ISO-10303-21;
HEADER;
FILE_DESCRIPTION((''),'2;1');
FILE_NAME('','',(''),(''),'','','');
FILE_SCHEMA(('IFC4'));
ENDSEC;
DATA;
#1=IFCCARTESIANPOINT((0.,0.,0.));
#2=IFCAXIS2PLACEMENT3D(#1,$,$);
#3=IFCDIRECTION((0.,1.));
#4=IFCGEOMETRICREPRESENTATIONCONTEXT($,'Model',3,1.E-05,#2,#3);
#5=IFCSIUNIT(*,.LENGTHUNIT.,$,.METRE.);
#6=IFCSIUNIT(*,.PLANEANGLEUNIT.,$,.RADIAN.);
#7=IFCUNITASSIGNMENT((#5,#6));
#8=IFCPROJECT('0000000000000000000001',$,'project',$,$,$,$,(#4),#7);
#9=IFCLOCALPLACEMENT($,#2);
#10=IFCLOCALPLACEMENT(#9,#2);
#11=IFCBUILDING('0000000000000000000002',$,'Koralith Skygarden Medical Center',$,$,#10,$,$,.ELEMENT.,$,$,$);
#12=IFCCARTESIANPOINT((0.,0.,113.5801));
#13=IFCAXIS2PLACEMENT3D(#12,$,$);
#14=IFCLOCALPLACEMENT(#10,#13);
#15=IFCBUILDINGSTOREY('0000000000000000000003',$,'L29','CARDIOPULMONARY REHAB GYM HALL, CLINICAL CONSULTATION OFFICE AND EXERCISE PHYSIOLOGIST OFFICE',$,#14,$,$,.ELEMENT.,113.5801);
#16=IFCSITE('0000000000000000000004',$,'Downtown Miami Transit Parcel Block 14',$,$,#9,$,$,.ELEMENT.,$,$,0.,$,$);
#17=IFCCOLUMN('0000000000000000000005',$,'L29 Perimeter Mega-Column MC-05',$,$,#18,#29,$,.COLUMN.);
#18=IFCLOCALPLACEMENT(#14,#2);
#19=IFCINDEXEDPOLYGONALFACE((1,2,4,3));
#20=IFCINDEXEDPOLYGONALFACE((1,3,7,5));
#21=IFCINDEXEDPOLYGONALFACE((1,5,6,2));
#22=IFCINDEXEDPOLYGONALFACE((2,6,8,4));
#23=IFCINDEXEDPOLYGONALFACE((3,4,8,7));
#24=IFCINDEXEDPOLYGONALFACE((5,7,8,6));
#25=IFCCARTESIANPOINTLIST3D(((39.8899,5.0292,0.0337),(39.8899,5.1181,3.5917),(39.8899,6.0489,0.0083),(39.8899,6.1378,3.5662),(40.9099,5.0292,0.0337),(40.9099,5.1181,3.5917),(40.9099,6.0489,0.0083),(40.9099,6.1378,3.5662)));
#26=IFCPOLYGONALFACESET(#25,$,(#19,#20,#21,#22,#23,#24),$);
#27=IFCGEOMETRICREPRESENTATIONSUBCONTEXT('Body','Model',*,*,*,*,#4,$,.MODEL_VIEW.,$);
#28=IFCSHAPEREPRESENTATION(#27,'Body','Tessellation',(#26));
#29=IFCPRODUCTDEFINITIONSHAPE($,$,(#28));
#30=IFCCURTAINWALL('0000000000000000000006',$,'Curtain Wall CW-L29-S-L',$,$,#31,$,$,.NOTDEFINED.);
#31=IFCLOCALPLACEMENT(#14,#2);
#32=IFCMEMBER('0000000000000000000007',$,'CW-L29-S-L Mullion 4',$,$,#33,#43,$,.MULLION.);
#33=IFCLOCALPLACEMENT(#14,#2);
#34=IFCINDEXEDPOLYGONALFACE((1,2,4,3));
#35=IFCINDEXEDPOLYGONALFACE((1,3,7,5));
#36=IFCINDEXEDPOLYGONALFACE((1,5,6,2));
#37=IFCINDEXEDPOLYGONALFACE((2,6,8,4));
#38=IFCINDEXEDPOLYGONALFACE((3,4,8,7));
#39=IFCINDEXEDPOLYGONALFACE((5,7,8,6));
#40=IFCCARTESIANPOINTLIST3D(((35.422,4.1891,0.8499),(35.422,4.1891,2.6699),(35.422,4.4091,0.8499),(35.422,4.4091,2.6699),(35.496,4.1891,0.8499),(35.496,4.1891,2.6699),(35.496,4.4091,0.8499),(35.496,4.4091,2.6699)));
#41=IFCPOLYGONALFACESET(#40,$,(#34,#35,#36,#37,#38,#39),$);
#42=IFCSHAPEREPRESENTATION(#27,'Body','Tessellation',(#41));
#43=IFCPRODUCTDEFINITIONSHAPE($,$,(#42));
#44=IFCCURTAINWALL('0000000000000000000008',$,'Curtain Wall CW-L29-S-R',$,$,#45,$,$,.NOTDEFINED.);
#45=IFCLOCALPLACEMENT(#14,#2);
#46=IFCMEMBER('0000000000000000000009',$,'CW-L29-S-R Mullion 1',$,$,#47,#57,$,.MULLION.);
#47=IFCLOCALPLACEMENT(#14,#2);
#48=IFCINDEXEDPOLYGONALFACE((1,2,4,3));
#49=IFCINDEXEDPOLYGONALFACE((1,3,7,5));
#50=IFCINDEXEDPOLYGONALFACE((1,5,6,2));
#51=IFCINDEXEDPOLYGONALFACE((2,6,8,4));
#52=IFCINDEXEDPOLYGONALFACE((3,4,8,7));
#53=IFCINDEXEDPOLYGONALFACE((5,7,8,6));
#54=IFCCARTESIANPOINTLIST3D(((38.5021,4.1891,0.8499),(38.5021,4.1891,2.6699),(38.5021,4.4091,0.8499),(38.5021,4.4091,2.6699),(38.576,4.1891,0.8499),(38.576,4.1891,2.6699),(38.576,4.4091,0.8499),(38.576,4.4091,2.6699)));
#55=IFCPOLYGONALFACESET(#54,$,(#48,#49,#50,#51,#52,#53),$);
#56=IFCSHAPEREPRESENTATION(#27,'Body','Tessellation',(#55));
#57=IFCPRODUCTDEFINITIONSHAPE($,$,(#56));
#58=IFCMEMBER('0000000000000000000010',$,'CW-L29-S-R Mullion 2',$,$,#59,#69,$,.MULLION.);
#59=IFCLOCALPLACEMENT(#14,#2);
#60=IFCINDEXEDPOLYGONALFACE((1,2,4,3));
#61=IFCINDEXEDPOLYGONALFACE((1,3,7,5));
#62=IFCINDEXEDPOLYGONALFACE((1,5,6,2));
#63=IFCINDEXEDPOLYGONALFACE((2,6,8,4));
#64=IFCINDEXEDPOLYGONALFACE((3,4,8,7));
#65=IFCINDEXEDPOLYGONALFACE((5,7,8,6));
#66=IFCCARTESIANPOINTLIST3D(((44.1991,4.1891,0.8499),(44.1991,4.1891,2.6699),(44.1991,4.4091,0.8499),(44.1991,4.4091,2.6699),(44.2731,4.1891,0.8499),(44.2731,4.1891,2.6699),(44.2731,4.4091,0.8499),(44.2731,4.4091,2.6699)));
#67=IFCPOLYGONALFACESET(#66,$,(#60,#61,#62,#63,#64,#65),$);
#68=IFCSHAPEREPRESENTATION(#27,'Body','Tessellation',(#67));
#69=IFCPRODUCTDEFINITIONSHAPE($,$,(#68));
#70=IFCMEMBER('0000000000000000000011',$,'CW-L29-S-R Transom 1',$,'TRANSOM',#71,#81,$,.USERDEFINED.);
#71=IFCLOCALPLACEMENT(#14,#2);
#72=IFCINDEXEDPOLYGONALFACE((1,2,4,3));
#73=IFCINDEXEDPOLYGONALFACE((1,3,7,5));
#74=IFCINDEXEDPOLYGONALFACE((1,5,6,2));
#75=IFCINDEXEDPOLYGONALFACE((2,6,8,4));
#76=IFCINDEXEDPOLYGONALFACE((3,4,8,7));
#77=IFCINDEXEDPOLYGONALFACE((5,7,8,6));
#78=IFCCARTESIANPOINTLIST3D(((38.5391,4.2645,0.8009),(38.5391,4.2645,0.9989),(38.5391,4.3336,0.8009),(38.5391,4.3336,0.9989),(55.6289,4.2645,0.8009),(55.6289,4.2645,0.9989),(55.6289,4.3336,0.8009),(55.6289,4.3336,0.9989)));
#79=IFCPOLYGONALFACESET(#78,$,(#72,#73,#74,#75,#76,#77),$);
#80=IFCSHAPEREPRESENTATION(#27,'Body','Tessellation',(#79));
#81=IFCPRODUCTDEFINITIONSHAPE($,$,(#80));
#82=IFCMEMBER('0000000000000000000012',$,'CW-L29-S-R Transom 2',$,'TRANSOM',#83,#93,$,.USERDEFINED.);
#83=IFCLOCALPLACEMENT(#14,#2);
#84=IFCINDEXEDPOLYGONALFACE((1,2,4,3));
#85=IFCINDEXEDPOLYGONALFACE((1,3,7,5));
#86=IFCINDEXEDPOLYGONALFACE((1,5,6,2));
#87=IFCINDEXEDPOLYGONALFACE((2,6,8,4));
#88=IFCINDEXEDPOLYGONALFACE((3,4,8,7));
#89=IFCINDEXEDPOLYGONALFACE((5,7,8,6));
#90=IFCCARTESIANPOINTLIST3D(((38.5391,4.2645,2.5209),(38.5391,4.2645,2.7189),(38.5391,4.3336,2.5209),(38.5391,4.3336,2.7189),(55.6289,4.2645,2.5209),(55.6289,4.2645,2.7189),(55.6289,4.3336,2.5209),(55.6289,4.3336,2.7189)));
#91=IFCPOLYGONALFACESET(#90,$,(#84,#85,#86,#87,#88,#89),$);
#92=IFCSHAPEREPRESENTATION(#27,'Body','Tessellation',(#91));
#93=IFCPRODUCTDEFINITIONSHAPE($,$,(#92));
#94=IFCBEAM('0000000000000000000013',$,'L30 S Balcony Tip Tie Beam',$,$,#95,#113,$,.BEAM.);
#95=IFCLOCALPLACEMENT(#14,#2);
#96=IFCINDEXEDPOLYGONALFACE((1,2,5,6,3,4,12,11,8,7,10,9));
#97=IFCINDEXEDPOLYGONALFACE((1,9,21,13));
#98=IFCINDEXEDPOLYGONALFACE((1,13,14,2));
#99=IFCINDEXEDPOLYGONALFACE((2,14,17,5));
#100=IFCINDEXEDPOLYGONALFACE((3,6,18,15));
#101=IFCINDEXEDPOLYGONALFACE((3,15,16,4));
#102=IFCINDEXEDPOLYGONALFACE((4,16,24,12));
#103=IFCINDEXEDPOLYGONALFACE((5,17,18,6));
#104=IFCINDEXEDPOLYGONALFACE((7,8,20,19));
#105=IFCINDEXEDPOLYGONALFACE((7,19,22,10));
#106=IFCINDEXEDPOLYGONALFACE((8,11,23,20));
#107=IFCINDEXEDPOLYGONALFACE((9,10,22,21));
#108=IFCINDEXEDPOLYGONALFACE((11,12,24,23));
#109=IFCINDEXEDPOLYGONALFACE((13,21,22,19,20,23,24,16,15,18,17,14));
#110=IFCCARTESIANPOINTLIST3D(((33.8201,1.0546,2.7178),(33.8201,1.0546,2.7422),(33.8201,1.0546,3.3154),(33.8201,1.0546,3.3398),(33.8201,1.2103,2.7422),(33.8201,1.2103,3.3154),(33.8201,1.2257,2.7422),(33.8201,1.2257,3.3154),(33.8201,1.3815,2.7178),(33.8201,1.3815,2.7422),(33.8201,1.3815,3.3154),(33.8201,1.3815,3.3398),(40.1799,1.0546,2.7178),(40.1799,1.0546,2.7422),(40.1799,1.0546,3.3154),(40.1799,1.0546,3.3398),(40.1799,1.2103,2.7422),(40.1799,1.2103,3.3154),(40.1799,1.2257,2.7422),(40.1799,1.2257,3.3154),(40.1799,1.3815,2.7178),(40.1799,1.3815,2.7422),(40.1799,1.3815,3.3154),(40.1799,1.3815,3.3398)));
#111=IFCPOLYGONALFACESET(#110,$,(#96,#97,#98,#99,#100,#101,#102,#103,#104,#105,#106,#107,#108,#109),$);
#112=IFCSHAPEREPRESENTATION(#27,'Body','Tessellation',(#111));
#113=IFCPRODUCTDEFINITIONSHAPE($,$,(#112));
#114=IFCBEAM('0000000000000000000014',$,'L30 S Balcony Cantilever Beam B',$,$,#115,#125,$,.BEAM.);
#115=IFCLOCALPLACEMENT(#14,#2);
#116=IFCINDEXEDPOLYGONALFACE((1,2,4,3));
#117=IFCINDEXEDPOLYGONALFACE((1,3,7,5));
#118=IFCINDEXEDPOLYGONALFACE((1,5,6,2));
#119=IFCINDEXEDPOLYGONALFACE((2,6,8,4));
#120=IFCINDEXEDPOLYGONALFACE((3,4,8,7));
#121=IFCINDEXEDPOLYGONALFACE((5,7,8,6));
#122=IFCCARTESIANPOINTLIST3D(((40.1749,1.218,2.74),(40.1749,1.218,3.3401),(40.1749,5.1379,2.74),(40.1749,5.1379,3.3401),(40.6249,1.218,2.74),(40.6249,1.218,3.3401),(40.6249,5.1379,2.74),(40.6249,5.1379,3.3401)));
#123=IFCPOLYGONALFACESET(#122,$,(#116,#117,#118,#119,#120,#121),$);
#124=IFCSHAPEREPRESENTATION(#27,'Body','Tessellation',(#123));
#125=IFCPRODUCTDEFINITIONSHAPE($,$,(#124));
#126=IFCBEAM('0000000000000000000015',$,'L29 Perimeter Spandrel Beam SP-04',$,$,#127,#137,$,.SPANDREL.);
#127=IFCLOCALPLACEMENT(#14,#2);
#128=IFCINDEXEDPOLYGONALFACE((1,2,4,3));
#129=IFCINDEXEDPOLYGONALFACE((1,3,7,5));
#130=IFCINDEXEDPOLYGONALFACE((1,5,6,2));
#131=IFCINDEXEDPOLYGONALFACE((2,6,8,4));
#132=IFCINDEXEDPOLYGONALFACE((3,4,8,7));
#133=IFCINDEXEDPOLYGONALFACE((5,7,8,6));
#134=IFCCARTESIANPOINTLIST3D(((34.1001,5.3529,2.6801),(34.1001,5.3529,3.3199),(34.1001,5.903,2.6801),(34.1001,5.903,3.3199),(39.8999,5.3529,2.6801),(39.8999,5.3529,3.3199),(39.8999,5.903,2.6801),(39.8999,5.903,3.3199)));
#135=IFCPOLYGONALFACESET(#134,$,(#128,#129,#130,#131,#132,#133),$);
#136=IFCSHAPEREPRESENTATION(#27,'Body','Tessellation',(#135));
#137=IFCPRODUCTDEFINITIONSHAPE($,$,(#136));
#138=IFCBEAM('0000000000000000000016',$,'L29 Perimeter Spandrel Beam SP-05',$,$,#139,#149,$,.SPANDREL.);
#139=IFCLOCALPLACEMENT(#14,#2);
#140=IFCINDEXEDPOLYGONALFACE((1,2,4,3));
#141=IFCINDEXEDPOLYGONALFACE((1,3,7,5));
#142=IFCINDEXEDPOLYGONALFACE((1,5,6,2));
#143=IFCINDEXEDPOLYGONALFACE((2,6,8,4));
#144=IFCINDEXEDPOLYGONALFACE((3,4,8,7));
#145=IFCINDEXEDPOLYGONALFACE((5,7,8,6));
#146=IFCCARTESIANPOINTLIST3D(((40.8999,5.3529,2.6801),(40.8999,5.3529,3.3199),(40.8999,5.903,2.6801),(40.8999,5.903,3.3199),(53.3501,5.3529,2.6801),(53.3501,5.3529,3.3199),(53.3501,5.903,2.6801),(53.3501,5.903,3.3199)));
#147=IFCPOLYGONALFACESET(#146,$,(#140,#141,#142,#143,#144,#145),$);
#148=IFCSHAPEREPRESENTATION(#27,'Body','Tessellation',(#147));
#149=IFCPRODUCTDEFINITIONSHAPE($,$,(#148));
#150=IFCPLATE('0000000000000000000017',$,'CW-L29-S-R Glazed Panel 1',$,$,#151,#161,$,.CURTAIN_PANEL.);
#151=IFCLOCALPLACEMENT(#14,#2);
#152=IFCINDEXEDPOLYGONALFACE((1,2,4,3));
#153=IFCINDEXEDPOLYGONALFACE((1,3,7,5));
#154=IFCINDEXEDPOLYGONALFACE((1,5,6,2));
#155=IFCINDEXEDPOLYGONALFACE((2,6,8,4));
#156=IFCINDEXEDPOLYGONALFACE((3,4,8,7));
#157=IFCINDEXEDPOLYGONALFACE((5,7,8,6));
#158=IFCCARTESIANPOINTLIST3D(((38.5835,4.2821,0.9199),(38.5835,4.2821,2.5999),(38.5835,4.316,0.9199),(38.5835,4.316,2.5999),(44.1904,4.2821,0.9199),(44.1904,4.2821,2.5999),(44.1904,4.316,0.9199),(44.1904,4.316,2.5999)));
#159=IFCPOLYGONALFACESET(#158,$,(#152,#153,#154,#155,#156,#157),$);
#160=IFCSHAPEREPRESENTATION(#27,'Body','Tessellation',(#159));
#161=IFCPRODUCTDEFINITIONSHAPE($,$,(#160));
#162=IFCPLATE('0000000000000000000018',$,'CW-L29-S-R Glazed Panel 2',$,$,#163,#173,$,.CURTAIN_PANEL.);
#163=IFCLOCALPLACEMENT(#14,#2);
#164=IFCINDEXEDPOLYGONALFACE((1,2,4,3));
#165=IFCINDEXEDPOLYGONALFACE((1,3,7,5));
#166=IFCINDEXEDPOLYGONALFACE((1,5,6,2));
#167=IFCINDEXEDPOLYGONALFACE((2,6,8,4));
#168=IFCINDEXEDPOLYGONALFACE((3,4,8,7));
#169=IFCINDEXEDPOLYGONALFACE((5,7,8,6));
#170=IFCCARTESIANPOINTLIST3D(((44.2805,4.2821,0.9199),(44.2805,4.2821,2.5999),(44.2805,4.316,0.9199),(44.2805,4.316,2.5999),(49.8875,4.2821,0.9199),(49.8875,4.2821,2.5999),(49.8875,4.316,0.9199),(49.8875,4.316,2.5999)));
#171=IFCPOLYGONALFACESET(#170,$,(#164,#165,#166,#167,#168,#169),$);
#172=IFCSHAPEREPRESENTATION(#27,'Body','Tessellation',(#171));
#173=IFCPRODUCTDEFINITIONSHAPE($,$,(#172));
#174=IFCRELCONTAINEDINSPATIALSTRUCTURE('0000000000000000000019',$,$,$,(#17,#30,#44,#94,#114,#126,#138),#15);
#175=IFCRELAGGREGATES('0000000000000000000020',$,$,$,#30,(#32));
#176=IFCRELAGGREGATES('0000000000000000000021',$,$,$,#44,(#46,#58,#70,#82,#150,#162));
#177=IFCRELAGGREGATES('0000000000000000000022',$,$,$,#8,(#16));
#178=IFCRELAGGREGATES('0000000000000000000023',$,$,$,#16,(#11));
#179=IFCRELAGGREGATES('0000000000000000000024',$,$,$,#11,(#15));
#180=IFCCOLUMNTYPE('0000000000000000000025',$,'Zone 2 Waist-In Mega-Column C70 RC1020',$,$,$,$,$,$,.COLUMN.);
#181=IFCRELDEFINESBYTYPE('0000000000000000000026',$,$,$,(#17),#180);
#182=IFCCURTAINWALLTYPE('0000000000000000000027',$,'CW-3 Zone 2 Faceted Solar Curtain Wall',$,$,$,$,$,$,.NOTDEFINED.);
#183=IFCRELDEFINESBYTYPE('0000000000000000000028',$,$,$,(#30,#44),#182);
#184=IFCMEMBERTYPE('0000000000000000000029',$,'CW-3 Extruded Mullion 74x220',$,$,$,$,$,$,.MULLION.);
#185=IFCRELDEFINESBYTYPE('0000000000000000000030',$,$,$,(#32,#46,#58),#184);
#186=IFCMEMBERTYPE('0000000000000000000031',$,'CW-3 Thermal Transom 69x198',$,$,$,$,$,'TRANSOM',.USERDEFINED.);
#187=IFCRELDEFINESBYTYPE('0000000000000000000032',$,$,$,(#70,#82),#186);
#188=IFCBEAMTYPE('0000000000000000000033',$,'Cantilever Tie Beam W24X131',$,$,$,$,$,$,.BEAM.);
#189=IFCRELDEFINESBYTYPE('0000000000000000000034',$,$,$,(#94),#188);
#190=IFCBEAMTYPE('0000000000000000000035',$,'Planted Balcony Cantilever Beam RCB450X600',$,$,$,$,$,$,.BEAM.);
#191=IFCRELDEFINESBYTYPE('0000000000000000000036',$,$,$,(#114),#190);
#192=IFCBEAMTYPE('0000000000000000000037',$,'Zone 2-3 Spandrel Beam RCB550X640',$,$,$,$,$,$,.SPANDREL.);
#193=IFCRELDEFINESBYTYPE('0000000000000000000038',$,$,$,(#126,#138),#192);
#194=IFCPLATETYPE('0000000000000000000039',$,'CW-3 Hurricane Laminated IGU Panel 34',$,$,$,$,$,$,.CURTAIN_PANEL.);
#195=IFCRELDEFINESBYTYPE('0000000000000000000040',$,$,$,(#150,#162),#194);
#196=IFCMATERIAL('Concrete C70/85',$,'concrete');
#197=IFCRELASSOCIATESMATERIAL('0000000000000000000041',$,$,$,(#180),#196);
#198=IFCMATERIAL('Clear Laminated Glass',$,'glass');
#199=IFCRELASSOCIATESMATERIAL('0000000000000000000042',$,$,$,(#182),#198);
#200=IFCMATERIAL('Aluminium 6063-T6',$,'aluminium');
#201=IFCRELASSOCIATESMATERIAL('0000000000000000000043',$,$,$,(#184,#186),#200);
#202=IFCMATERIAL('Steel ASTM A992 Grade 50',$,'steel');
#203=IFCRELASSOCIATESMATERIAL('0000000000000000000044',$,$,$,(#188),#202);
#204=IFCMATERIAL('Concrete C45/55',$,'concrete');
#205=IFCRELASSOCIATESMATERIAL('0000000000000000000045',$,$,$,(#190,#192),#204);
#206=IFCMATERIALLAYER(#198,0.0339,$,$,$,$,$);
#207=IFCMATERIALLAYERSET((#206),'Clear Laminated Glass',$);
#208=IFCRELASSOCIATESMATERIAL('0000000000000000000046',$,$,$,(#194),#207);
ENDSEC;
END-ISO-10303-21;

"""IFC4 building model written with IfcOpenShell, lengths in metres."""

from ifc_helpers import new_model, si_unit, direction, frame, origin, origin_2d, place, context, subcontext, project, spatial, rectangle, i_section, extrude, material, layer, layer_set, material_profile, profile_set, type_object, element, aggregate, save


model = new_model("IFC4")

# Units and contexts
model_context = context("Model", 3, precision=1e-05, world=origin(), true_north=direction((0.0, 1.0)))
body_context = subcontext(model_context, "Body", "Model", "MODEL_VIEW")
ifc_project = project(units=[si_unit("LENGTHUNIT", "METRE"), si_unit("PLANEANGLEUNIT", "RADIAN")], contexts=[model_context])

# Site, building, storey
site_placement = place(None, origin())
site = spatial("IfcSite", under=ifc_project, at=site_placement, Name="Downtown Miami Transit Parcel Block 14", CompositionType="ELEMENT", RefElevation=0.0)
building_placement = place(site_placement, origin())
building = spatial("IfcBuilding", under=site, at=building_placement, Name="Koralith Skygarden Medical Center", CompositionType="ELEMENT")
storey_placement = place(building_placement, frame((0.0, 0.0, 113.5801)))
storey = spatial("IfcBuildingStorey", under=building, at=storey_placement, Name="L29", Description="CARDIOPULMONARY REHAB GYM HALL, CLINICAL CONSULTATION OFFICE AND EXERCISE PHYSIOLOGIST OFFICE", CompositionType="ELEMENT", Elevation=113.5801)

# Column
ifc_material_1 = material(Name="Concrete C70/85", Category="concrete")
ifc_material_profile_1 = material_profile(ifc_material_1, rectangle(XDim=1.02, YDim=1.02, at=origin_2d()), Name="RC1020X1020")
ifc_profile_set_1 = profile_set([ifc_material_profile_1], Name="Concrete C70/85")
column_type = type_object("IfcColumnType", Name="Zone 2 Waist-In Mega-Column C70 RC1020", PredefinedType="COLUMN", material=ifc_profile_set_1)
column_placement = place(storey_placement, frame((40.3999, 5.5391, 0.021), z_axis=(0.0, 0.02497, 0.999688), x_axis=(-1.0, 0.0, 0.0)))
element("IfcColumn", 1, at=column_placement, inside=storey, type_object=column_type, Name="L29 Perimeter Mega-Column MC-05", PredefinedType="COLUMN", context=body_context, shape_type="SweptSolid", body=[
    extrude(rectangle(XDim=1.02, YDim=1.02, at=origin_2d()), origin(), (0.0, 0.0, 1.0), 3.5591),
])

# Curtain wall, member
ifc_material_2 = material(Name="Clear Laminated Glass", Category="glass")
curtain_wall_type = type_object("IfcCurtainWallType", Name="CW-3 Zone 2 Faceted Solar Curtain Wall", PredefinedType="NOTDEFINED", material=ifc_material_2)
curtain_wall_1_placement = place(storey_placement, origin())
curtain_wall_1 = element("IfcCurtainWall", 2, at=curtain_wall_1_placement, inside=storey, type_object=curtain_wall_type, Name="Curtain Wall CW-L29-S-L", PredefinedType="NOTDEFINED")
ifc_material_3 = material(Name="Aluminium 6063-T6", Category="aluminium")
ifc_material_profile_2 = material_profile(ifc_material_3, rectangle(XDim=0.074, YDim=0.22, at=origin_2d()), Name="MUL74X220")
ifc_profile_set_2 = profile_set([ifc_material_profile_2], Name="Aluminium 6063-T6")
member_type_1 = type_object("IfcMemberType", Name="CW-3 Extruded Mullion 74x220", PredefinedType="MULLION", material=ifc_profile_set_2)
member_1_placement = place(storey_placement, frame((35.459, 4.2991, 0.8499), z_axis=(0.0, 0.0, 1.0), x_axis=(1.0, 0.0, 0.0)))
member_1 = element("IfcMember", 3, at=member_1_placement, type_object=member_type_1, Name="CW-L29-S-L Mullion 4", PredefinedType="MULLION", context=body_context, shape_type="SweptSolid", body=[
    extrude(rectangle(XDim=0.074, YDim=0.22, at=origin_2d()), origin(), (0.0, 0.0, 1.0), 1.8201),
])
aggregate(curtain_wall_1, [member_1])

# Curtain wall, members
curtain_wall_2_placement = place(storey_placement, origin())
curtain_wall_2 = element("IfcCurtainWall", 4, at=curtain_wall_2_placement, inside=storey, type_object=curtain_wall_type, Name="Curtain Wall CW-L29-S-R", PredefinedType="NOTDEFINED")
member_2_placement = place(storey_placement, frame((38.5391, 4.2991, 0.8499), z_axis=(0.0, 0.0, 1.0), x_axis=(1.0, 0.0, 0.0)))
member_2 = element("IfcMember", 5, at=member_2_placement, type_object=member_type_1, Name="CW-L29-S-R Mullion 1", PredefinedType="MULLION", context=body_context, shape_type="SweptSolid", body=[
    extrude(rectangle(XDim=0.074, YDim=0.22, at=origin_2d()), origin(), (0.0, 0.0, 1.0), 1.8201),
])
member_3_placement = place(storey_placement, frame((44.2361, 4.2991, 0.8499), z_axis=(0.0, 0.0, 1.0), x_axis=(1.0, 0.0, 0.0)))
member_3 = element("IfcMember", 6, at=member_3_placement, type_object=member_type_1, Name="CW-L29-S-R Mullion 2", PredefinedType="MULLION", context=body_context, shape_type="SweptSolid", body=[
    extrude(rectangle(XDim=0.074, YDim=0.22, at=origin_2d()), origin(), (0.0, 0.0, 1.0), 1.8201),
])
ifc_material_profile_3 = material_profile(ifc_material_3, rectangle(XDim=0.0691, YDim=0.198, at=origin_2d()), Name="TRN69X198")
ifc_profile_set_3 = profile_set([ifc_material_profile_3], Name="Aluminium 6063-T6")
member_type_2 = type_object("IfcMemberType", Name="CW-3 Thermal Transom 69x198", ElementType="TRANSOM", PredefinedType="USERDEFINED", material=ifc_profile_set_3)
member_4_placement = place(storey_placement, frame((38.5391, 4.2991, 0.8999), z_axis=(1.0, 0.0, 0.0), x_axis=(0.0, 1.0, 0.0)))
member_4 = element("IfcMember", 7, at=member_4_placement, type_object=member_type_2, Name="CW-L29-S-R Transom 1", ObjectType="TRANSOM", PredefinedType="USERDEFINED", context=body_context, shape_type="SweptSolid", body=[
    extrude(rectangle(XDim=0.0691, YDim=0.198, at=origin_2d()), origin(), (0.0, 0.0, 1.0), 17.0898),
])
member_5_placement = place(storey_placement, frame((38.5391, 4.2991, 2.6199), z_axis=(1.0, 0.0, 0.0), x_axis=(0.0, 1.0, 0.0)))
member_5 = element("IfcMember", 8, at=member_5_placement, type_object=member_type_2, Name="CW-L29-S-R Transom 2", ObjectType="TRANSOM", PredefinedType="USERDEFINED", context=body_context, shape_type="SweptSolid", body=[
    extrude(rectangle(XDim=0.0691, YDim=0.198, at=origin_2d()), origin(), (0.0, 0.0, 1.0), 17.0898),
])

# Beams
ifc_material_4 = material(Name="Steel ASTM A992 Grade 50", Category="steel")
ifc_material_profile_4 = material_profile(ifc_material_4, i_section(OverallWidth=0.3269, OverallDepth=0.6221, WebThickness=0.0154, FlangeThickness=0.0244, at=origin_2d()), Name="W24X131")
ifc_profile_set_4 = profile_set([ifc_material_profile_4], Name="Steel ASTM A992 Grade 50")
beam_type_1 = type_object("IfcBeamType", Name="Cantilever Tie Beam W24X131", PredefinedType="BEAM", material=ifc_profile_set_4)
beam_1_placement = place(storey_placement, frame((33.8201, 1.218, 3.0288), z_axis=(1.0, 0.0, 0.0), x_axis=(0.0, 1.0, 0.0)))
element("IfcBeam", 9, at=beam_1_placement, inside=storey, type_object=beam_type_1, Name="L30 S Balcony Tip Tie Beam", PredefinedType="BEAM", context=body_context, shape_type="SweptSolid", body=[
    extrude(i_section(OverallWidth=0.3269, OverallDepth=0.6221, WebThickness=0.0154, FlangeThickness=0.0244, at=origin_2d()), origin(), (0.0, 0.0, 1.0), 6.3599),
])
ifc_material_5 = material(Name="Concrete C45/55", Category="concrete")
ifc_material_profile_5 = material_profile(ifc_material_5, rectangle(XDim=0.45, YDim=0.6001, at=origin_2d()), Name="RCB450X600")
ifc_profile_set_5 = profile_set([ifc_material_profile_5], Name="Concrete C45/55")
beam_type_2 = type_object("IfcBeamType", Name="Planted Balcony Cantilever Beam RCB450X600", PredefinedType="BEAM", material=ifc_profile_set_5)
beam_2_placement = place(storey_placement, frame((40.3999, 5.1379, 3.04), z_axis=(0.0, -1.0, 0.0), x_axis=(1.0, 0.0, 0.0)))
element("IfcBeam", 10, at=beam_2_placement, inside=storey, type_object=beam_type_2, Name="L30 S Balcony Cantilever Beam B", PredefinedType="BEAM", context=body_context, shape_type="SweptSolid", body=[
    extrude(rectangle(XDim=0.45, YDim=0.6001, at=origin_2d()), origin(), (0.0, 0.0, 1.0), 3.9199),
])
ifc_material_profile_6 = material_profile(ifc_material_5, rectangle(XDim=0.55, YDim=0.6399, at=origin_2d()), Name="RCB550X640")
ifc_profile_set_6 = profile_set([ifc_material_profile_6], Name="Concrete C45/55")
beam_type_3 = type_object("IfcBeamType", Name="Zone 2-3 Spandrel Beam RCB550X640", PredefinedType="SPANDREL", material=ifc_profile_set_6)
beam_3_placement = place(storey_placement, frame((34.1001, 5.6279, 3.0), z_axis=(1.0, 0.0, 0.0), x_axis=(0.0, 1.0, 0.0)))
element("IfcBeam", 11, at=beam_3_placement, inside=storey, type_object=beam_type_3, Name="L29 Perimeter Spandrel Beam SP-04", PredefinedType="SPANDREL", context=body_context, shape_type="SweptSolid", body=[
    extrude(rectangle(XDim=0.55, YDim=0.6399, at=origin_2d()), origin(), (0.0, 0.0, 1.0), 5.7998),
])
beam_4_placement = place(storey_placement, frame((40.8999, 5.6279, 3.0), z_axis=(1.0, 0.0, 0.0), x_axis=(0.0, 1.0, 0.0)))
element("IfcBeam", 12, at=beam_4_placement, inside=storey, type_object=beam_type_3, Name="L29 Perimeter Spandrel Beam SP-05", PredefinedType="SPANDREL", context=body_context, shape_type="SweptSolid", body=[
    extrude(rectangle(XDim=0.55, YDim=0.6399, at=origin_2d()), origin(), (0.0, 0.0, 1.0), 12.4502),
])

# Plates
ifc_layer_1 = layer(ifc_material_2, 0.0339)
ifc_layer_set_1 = layer_set([ifc_layer_1], Name="Clear Laminated Glass")
plate_type = type_object("IfcPlateType", Name="CW-3 Hurricane Laminated IGU Panel 34", PredefinedType="CURTAIN_PANEL", material=ifc_layer_set_1)
plate_1_placement = place(storey_placement, frame((41.387, 4.2991, 0.9199), z_axis=(0.0, 0.0, 1.0), x_axis=(1.0, 0.0, 0.0)))
plate_1 = element("IfcPlate", 13, at=plate_1_placement, type_object=plate_type, Name="CW-L29-S-R Glazed Panel 1", PredefinedType="CURTAIN_PANEL", context=body_context, shape_type="SweptSolid", body=[
    extrude(rectangle(XDim=5.6069, YDim=0.0339, at=origin_2d()), origin(), (0.0, 0.0, 1.0), 1.6799),
])
plate_2_placement = place(storey_placement, frame((47.084, 4.2991, 0.9199), z_axis=(0.0, 0.0, 1.0), x_axis=(1.0, 0.0, 0.0)))
plate_2 = element("IfcPlate", 14, at=plate_2_placement, type_object=plate_type, Name="CW-L29-S-R Glazed Panel 2", PredefinedType="CURTAIN_PANEL", context=body_context, shape_type="SweptSolid", body=[
    extrude(rectangle(XDim=5.6069, YDim=0.0339, at=origin_2d()), origin(), (0.0, 0.0, 1.0), 1.6799),
])
aggregate(curtain_wall_2, [member_2, member_3, member_4, member_5, plate_1, plate_2])

save(model, "model.ifc")
